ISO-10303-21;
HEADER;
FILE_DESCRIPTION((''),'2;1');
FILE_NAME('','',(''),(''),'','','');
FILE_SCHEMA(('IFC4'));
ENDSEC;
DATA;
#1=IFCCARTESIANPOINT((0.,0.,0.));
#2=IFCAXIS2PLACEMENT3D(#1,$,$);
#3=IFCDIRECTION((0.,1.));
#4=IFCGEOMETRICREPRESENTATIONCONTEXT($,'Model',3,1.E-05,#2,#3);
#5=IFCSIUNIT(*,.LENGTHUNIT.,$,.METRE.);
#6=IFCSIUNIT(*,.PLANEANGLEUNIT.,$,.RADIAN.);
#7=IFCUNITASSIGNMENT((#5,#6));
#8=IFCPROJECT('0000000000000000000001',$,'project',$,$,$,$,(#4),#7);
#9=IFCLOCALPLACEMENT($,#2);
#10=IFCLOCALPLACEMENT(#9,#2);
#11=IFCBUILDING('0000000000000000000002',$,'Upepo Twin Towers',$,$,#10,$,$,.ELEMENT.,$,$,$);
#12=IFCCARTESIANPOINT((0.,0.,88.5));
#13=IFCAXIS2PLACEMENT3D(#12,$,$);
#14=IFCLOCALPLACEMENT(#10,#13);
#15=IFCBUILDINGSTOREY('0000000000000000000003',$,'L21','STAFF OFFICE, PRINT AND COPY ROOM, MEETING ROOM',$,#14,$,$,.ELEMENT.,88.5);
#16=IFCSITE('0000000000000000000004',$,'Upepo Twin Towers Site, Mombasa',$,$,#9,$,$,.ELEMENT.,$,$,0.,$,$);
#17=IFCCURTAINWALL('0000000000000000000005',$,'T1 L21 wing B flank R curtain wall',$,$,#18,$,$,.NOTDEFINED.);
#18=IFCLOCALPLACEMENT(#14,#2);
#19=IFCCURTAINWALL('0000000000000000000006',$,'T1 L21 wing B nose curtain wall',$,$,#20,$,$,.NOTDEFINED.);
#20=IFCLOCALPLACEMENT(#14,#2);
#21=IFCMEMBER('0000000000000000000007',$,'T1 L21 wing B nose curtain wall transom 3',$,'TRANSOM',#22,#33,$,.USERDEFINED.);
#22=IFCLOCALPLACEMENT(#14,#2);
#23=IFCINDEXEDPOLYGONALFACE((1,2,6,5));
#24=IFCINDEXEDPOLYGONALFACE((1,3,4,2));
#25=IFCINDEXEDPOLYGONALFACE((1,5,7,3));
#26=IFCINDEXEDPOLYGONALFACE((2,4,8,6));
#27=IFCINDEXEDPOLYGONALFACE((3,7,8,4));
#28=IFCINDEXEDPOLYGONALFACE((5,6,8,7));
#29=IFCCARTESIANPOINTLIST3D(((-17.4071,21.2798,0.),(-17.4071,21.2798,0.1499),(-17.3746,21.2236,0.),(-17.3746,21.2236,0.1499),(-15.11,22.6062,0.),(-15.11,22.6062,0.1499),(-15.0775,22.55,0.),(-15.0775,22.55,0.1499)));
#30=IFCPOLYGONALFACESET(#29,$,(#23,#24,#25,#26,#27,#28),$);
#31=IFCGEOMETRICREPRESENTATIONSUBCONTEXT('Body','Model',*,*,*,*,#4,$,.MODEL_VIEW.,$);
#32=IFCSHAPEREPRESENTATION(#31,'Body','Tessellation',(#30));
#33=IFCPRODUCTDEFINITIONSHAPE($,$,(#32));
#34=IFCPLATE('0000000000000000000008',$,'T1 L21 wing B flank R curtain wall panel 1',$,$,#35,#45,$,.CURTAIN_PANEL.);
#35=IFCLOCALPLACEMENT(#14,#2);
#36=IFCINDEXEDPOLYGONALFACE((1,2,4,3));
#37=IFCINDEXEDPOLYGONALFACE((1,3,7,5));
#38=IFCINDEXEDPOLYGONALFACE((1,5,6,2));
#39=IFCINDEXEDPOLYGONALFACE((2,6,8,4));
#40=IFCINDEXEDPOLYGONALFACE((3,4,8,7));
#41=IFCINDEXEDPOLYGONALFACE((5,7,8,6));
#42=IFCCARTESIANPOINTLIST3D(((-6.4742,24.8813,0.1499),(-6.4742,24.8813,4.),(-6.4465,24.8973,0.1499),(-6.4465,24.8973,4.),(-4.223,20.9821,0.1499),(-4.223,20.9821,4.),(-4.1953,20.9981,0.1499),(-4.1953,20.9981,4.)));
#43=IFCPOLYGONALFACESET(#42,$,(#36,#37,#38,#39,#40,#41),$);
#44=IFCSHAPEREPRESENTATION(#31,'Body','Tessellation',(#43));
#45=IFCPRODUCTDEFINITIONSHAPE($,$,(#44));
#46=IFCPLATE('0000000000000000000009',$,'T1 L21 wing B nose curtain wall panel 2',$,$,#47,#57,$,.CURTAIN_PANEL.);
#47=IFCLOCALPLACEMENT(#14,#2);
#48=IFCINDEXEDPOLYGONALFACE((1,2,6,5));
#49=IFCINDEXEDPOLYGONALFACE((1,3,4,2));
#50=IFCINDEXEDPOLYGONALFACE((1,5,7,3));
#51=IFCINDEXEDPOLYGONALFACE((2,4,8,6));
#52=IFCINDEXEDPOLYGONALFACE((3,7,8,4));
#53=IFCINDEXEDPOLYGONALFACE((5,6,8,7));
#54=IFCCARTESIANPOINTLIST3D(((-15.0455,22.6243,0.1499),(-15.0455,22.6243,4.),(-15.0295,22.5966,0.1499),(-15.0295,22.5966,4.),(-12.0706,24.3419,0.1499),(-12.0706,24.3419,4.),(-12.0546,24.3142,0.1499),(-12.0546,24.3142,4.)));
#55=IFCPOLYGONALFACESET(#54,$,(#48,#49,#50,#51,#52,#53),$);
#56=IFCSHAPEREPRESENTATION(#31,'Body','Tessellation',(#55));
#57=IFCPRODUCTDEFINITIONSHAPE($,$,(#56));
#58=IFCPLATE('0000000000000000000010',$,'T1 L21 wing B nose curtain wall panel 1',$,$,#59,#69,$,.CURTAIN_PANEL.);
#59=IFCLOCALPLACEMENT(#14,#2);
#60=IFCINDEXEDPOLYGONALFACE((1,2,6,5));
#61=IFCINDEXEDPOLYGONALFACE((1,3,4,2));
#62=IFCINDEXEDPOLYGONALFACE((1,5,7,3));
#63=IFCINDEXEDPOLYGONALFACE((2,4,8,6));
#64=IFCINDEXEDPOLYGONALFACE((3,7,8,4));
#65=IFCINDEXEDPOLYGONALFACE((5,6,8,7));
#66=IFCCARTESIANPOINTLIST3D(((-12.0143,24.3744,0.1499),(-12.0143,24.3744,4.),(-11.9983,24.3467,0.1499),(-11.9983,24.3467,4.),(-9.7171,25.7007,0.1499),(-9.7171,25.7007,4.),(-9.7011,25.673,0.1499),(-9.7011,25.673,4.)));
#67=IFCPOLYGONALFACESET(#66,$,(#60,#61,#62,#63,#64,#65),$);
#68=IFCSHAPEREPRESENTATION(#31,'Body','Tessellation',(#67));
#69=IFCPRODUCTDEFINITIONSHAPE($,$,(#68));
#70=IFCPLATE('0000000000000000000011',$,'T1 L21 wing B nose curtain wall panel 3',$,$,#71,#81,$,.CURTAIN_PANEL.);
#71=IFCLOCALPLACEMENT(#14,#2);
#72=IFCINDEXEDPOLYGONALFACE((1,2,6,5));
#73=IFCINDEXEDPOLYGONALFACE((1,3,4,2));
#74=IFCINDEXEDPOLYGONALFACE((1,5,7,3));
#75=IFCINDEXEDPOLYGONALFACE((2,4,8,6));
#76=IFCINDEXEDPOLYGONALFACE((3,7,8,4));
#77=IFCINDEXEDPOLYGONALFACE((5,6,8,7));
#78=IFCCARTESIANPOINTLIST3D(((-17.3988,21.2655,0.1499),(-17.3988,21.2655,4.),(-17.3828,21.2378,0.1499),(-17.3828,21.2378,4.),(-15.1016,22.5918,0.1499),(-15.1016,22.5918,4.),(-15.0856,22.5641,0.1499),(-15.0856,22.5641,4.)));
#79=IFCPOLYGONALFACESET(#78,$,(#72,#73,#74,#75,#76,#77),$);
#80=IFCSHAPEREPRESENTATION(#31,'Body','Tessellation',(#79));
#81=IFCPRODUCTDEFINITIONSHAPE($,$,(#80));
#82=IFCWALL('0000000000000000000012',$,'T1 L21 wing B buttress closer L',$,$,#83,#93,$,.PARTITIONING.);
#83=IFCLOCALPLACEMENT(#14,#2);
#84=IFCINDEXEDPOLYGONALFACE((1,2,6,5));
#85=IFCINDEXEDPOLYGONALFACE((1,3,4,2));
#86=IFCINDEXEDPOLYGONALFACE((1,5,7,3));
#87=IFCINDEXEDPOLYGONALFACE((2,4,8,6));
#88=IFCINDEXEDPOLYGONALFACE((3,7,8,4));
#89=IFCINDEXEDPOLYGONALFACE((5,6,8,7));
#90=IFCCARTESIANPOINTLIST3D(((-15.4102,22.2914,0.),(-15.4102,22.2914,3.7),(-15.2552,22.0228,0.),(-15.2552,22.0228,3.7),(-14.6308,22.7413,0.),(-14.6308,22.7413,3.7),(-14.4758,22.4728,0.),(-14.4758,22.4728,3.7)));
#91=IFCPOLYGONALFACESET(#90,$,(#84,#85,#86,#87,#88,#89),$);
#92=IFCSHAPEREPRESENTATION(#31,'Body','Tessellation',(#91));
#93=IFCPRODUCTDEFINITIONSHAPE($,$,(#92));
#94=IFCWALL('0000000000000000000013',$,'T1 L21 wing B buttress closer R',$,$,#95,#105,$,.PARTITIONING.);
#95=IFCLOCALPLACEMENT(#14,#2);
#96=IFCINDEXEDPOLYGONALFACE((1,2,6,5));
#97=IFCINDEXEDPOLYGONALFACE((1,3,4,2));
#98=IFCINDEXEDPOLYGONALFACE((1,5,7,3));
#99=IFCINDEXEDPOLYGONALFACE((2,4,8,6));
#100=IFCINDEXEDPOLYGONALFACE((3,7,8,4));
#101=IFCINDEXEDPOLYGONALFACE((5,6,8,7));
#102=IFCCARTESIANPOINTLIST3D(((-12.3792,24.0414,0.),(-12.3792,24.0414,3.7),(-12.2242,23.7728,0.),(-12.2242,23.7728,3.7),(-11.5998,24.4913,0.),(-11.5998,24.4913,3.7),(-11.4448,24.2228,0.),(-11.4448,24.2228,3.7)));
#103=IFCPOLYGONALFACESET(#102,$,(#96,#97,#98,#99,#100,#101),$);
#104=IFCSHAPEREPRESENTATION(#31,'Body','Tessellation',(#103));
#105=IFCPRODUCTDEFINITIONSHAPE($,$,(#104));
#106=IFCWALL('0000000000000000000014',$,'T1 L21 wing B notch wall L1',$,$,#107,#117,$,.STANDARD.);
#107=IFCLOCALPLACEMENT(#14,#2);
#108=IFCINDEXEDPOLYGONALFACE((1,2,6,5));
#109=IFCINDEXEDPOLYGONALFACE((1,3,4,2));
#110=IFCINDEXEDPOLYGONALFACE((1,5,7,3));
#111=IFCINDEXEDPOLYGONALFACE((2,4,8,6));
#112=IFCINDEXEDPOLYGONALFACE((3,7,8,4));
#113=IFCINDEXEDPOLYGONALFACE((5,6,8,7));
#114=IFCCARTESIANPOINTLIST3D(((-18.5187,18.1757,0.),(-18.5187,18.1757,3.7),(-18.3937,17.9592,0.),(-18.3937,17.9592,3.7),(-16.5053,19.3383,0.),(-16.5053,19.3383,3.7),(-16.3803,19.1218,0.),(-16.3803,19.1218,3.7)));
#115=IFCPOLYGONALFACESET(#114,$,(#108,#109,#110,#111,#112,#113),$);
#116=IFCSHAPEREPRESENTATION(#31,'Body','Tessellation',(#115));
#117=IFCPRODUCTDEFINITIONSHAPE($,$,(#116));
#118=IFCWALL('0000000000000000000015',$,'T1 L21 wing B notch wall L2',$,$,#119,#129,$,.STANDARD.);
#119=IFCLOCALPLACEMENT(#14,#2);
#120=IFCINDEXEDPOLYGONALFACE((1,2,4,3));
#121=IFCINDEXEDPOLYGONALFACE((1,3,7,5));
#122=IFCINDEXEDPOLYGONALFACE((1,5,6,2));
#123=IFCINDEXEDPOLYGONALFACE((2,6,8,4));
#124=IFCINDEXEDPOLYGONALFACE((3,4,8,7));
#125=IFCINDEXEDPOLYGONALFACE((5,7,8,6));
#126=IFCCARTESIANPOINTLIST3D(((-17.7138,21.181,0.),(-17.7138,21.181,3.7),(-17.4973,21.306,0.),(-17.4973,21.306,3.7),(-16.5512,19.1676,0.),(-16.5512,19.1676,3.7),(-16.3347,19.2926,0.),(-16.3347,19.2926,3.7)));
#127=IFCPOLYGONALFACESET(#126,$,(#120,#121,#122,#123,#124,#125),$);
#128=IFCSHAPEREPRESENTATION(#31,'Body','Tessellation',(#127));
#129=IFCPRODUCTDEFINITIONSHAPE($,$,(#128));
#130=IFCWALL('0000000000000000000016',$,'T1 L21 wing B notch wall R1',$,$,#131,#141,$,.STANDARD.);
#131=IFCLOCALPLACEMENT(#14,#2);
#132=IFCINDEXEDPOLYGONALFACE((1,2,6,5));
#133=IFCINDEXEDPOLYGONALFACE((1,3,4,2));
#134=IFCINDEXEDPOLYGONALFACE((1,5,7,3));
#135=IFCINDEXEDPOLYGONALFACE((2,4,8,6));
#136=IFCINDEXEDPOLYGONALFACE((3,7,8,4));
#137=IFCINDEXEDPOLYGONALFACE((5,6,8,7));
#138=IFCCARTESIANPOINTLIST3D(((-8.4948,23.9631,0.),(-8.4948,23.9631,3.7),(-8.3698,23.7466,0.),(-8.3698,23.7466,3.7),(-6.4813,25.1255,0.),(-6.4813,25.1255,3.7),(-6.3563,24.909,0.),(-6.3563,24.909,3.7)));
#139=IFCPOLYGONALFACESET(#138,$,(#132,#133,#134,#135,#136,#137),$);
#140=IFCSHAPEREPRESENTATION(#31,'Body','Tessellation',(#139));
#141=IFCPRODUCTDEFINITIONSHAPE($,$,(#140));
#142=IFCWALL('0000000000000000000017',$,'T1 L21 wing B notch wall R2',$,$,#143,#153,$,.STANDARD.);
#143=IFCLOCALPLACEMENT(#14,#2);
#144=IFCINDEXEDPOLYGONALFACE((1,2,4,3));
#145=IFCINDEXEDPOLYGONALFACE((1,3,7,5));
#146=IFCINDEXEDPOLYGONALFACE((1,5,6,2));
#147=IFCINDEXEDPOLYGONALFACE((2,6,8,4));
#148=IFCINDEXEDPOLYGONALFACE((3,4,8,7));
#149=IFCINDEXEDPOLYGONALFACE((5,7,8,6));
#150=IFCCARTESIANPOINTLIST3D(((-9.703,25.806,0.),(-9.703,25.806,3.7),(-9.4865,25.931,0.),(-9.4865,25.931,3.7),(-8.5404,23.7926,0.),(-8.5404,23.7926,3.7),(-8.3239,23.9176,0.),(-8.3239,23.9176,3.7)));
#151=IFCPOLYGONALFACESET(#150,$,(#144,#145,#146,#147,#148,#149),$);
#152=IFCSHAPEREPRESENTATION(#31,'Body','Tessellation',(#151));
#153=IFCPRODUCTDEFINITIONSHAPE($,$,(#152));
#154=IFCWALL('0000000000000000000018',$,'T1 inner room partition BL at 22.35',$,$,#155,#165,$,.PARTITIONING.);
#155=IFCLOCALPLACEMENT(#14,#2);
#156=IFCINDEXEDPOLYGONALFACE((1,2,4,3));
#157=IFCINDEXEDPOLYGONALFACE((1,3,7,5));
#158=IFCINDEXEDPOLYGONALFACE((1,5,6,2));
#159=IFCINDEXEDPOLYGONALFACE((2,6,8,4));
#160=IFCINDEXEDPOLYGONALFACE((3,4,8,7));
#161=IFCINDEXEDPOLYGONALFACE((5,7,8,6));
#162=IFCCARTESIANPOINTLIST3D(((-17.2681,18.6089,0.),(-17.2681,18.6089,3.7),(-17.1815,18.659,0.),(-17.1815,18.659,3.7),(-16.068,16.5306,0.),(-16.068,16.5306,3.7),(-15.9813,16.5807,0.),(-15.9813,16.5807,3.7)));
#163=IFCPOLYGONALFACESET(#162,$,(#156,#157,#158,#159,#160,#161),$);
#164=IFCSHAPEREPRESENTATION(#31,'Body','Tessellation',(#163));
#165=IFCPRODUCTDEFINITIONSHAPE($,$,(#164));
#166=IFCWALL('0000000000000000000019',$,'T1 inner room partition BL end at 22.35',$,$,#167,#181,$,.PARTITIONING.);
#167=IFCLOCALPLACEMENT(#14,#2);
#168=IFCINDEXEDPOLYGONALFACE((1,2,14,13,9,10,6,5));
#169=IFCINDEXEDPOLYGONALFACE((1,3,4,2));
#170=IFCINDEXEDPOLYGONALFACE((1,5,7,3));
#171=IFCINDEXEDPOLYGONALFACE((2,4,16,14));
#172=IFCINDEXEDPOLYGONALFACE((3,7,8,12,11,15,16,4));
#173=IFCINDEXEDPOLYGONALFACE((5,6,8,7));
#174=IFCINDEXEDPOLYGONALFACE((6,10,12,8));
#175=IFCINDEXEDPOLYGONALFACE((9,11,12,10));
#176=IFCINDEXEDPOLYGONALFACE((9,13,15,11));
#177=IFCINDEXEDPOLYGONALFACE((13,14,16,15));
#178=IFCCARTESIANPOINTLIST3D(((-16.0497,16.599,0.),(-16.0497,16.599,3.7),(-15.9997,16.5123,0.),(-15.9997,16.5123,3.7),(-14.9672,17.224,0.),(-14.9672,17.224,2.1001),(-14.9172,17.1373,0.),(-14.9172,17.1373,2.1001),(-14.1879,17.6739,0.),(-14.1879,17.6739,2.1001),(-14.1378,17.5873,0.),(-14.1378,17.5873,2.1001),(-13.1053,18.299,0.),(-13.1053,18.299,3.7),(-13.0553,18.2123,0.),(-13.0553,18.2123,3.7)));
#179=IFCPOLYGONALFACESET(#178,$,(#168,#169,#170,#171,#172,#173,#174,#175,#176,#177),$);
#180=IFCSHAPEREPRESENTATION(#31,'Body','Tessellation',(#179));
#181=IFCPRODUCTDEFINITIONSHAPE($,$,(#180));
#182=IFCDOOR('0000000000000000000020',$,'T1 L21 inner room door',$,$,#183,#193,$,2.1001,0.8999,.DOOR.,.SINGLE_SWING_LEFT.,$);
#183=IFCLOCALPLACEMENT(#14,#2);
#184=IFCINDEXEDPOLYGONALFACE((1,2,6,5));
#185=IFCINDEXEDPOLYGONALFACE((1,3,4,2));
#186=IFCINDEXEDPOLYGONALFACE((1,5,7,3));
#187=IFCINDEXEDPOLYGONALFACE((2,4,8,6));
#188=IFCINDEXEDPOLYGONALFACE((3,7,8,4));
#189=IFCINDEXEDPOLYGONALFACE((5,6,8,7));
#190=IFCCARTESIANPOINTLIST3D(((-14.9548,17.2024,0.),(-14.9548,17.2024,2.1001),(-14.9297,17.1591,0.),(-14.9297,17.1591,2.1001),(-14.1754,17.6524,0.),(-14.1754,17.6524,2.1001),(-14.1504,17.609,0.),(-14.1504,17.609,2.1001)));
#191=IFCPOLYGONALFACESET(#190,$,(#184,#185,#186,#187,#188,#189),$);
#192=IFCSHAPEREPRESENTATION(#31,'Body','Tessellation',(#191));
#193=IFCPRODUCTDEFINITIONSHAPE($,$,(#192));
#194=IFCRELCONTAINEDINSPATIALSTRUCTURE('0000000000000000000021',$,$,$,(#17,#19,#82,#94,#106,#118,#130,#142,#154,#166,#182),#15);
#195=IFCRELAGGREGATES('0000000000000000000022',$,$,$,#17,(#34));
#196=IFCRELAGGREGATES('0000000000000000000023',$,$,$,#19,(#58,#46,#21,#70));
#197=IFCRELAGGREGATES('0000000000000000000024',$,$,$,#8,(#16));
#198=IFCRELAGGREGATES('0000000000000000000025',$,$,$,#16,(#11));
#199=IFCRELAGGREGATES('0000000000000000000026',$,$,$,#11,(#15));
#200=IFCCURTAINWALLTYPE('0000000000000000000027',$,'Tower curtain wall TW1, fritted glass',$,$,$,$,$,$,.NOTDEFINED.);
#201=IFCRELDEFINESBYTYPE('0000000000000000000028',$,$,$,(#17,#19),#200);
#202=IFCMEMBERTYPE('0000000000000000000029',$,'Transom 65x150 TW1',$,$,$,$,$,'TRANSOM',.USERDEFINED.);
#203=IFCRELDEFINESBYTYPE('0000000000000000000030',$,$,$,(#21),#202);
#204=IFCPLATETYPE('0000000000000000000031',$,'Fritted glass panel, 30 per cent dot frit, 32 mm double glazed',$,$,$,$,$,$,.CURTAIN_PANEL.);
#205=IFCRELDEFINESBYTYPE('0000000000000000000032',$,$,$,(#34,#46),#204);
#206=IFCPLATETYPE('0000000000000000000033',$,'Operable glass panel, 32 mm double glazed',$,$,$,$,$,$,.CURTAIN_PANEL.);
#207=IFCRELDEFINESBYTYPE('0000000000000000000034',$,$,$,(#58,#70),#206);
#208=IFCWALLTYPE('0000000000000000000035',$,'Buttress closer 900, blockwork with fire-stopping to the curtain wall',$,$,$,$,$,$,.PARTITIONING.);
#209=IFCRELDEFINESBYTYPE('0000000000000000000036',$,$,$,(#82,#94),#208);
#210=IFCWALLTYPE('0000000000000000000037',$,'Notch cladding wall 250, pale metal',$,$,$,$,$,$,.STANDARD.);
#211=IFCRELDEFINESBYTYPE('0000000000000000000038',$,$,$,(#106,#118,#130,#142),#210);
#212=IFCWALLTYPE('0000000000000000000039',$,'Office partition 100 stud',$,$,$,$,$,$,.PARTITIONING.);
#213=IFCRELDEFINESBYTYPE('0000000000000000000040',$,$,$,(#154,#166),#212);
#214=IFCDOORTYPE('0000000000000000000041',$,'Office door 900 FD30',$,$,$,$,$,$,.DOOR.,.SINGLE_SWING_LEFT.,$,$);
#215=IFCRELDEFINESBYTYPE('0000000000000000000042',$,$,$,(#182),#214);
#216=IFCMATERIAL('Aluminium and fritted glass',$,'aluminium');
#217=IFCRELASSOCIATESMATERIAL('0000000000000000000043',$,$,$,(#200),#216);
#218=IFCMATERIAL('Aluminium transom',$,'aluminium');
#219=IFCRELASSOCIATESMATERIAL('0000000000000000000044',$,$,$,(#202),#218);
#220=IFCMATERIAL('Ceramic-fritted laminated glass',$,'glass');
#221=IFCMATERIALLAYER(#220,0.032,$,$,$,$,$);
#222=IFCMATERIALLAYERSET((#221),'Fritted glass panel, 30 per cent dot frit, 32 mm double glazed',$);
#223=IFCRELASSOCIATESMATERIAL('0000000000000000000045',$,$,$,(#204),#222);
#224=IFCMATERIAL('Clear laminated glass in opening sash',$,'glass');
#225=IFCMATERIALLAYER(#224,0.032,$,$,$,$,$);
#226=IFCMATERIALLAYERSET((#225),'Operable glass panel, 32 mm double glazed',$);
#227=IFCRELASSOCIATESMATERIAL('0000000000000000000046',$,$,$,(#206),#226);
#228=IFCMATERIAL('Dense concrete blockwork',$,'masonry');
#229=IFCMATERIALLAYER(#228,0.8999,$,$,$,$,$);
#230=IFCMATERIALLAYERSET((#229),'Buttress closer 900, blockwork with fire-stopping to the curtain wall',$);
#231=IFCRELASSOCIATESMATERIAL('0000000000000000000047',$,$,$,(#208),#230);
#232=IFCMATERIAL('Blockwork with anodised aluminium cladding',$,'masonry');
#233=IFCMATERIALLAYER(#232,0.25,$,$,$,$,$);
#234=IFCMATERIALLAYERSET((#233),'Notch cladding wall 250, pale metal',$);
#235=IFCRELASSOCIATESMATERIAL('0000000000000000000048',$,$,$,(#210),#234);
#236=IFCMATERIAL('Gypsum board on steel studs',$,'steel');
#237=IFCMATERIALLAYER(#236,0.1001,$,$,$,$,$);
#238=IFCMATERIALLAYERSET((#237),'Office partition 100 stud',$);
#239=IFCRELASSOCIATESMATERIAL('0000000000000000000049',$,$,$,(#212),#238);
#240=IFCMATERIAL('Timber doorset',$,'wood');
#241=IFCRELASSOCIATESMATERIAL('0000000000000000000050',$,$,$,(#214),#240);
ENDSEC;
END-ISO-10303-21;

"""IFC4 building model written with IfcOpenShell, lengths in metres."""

from ifc_helpers import new_model, si_unit, direction, frame, frame_2d, origin, origin_2d, place, context, subcontext, project, spatial, rectangle, extrude, material, layer, layer_set, material_profile, profile_set, type_object, element, fill, aggregate, save


model = new_model("IFC4")

# Units and contexts
model_context = context("Model", 3, precision=1e-05, world=origin(), true_north=direction((0.0, 1.0)))
body_context = subcontext(model_context, "Body", "Model", "MODEL_VIEW")
ifc_project = project(units=[si_unit("LENGTHUNIT", "METRE"), si_unit("PLANEANGLEUNIT", "RADIAN")], contexts=[model_context])

# Site, building, storey
site_placement = place(None, origin())
site = spatial("IfcSite", under=ifc_project, at=site_placement, Name="Upepo Twin Towers Site, Mombasa", CompositionType="ELEMENT", RefElevation=0.0)
building_placement = place(site_placement, origin())
building = spatial("IfcBuilding", under=site, at=building_placement, Name="Upepo Twin Towers", CompositionType="ELEMENT")
storey_placement = place(building_placement, frame((0.0, 0.0, 88.5)))
storey = spatial("IfcBuildingStorey", under=building, at=storey_placement, Name="L21", Description="STAFF OFFICE, PRINT AND COPY ROOM, MEETING ROOM", CompositionType="ELEMENT", Elevation=88.5)

# Shared definitions
ifc_material_1 = material(Name="Aluminium and fritted glass", Category="aluminium")
curtain_wall_type = type_object("IfcCurtainWallType", Name="Tower curtain wall TW1, fritted glass", PredefinedType="NOTDEFINED", material=ifc_material_1)

# Curtain walls
curtain_wall_1_placement = place(storey_placement, origin())
curtain_wall_1 = element("IfcCurtainWall", 1, at=curtain_wall_1_placement, inside=storey, type_object=curtain_wall_type, Name="T1 L21 wing B flank R curtain wall", PredefinedType="NOTDEFINED")
curtain_wall_2_placement = place(storey_placement, origin())
curtain_wall_2 = element("IfcCurtainWall", 2, at=curtain_wall_2_placement, inside=storey, type_object=curtain_wall_type, Name="T1 L21 wing B nose curtain wall", PredefinedType="NOTDEFINED")

# Member
ifc_material_2 = material(Name="Aluminium transom", Category="aluminium")
ifc_material_profile_1 = material_profile(ifc_material_2, rectangle(XDim=0.0649, YDim=0.1499, at=origin_2d()), Name="TRANSOM 65x150")
ifc_profile_set_1 = profile_set([ifc_material_profile_1], Name="Aluminium transom")
member_type_1 = type_object("IfcMemberType", Name="Transom 65x150 TW1", ElementType="TRANSOM", PredefinedType="USERDEFINED", material=ifc_profile_set_1)
member_1_placement = place(storey_placement, frame((-15.0938, 22.5781, 0.075), z_axis=(-0.865997, -0.500049, 0.0), x_axis=(0.500049, -0.865997, 0.0)))
member_1 = element("IfcMember", 3, at=member_1_placement, type_object=member_type_1, Name="T1 L21 wing B nose curtain wall transom 3", ObjectType="TRANSOM", PredefinedType="USERDEFINED", context=body_context, shape_type="SweptSolid", body=[
    extrude(rectangle(XDim=0.0649, YDim=0.1499, at=origin_2d()), origin(), (0.0, 0.0, 1.0), 2.6526),
])

# Plates
ifc_material_3 = material(Name="Ceramic-fritted laminated glass", Category="glass")
ifc_layer_1 = layer(ifc_material_3, 0.032)
ifc_layer_set_1 = layer_set([ifc_layer_1], Name="Fritted glass panel, 30 per cent dot frit, 32 mm double glazed")
plate_type_1 = type_object("IfcPlateType", Name="Fritted glass panel, 30 per cent dot frit, 32 mm double glazed", PredefinedType="CURTAIN_PANEL", material=ifc_layer_set_1)
plate_1_placement = place(storey_placement, frame((-5.3347, 22.9397, 0.1499), z_axis=(0.0, 0.0, 1.0), x_axis=(0.5, -0.866025, 0.0)))
plate_1 = element("IfcPlate", 4, at=plate_1_placement, type_object=plate_type_1, Name="T1 L21 wing B flank R curtain wall panel 1", PredefinedType="CURTAIN_PANEL", context=body_context, shape_type="SweptSolid", body=[
    extrude(rectangle(XDim=4.5024, YDim=0.032, at=origin_2d()), origin(), (0.0, 0.0, 1.0), 3.8501),
])
aggregate(curtain_wall_1, [plate_1])
plate_2_placement = place(storey_placement, frame((-13.55, 23.4692, 0.1499), z_axis=(0.0, 0.0, 1.0), x_axis=(-0.866025, -0.5, 0.0)))
plate_2 = element("IfcPlate", 5, at=plate_2_placement, type_object=plate_type_1, Name="T1 L21 wing B nose curtain wall panel 2", PredefinedType="CURTAIN_PANEL", context=body_context, shape_type="SweptSolid", body=[
    extrude(rectangle(XDim=3.4351, YDim=0.032, at=origin_2d()), origin(), (0.0, 0.0, 1.0), 3.8501),
])
ifc_material_4 = material(Name="Clear laminated glass in opening sash", Category="glass")
ifc_layer_2 = layer(ifc_material_4, 0.032)
ifc_layer_set_2 = layer_set([ifc_layer_2], Name="Operable glass panel, 32 mm double glazed")
plate_type_2 = type_object("IfcPlateType", Name="Operable glass panel, 32 mm double glazed", PredefinedType="CURTAIN_PANEL", material=ifc_layer_set_2)
plate_3_placement = place(storey_placement, frame((-10.8577, 25.0237, 0.1499), z_axis=(0.0, 0.0, 1.0), x_axis=(-0.866025, -0.5, 0.0)))
plate_3 = element("IfcPlate", 6, at=plate_3_placement, type_object=plate_type_2, Name="T1 L21 wing B nose curtain wall panel 1", PredefinedType="CURTAIN_PANEL", context=body_context, shape_type="SweptSolid", body=[
    extrude(rectangle(XDim=2.6526, YDim=0.032, at=origin_2d()), origin(), (0.0, 0.0, 1.0), 3.8501),
])
plate_4_placement = place(storey_placement, frame((-16.2422, 21.9148, 0.1499), z_axis=(0.0, 0.0, 1.0), x_axis=(-0.866025, -0.5, 0.0)))
plate_4 = element("IfcPlate", 7, at=plate_4_placement, type_object=plate_type_2, Name="T1 L21 wing B nose curtain wall panel 3", PredefinedType="CURTAIN_PANEL", context=body_context, shape_type="SweptSolid", body=[
    extrude(rectangle(XDim=2.6526, YDim=0.032, at=origin_2d()), origin(), (0.0, 0.0, 1.0), 3.8501),
])
aggregate(curtain_wall_2, [plate_3, plate_2, member_1, plate_4])

# Walls
ifc_material_5 = material(Name="Dense concrete blockwork", Category="masonry")
ifc_layer_3 = layer(ifc_material_5, 0.8999)
ifc_layer_set_3 = layer_set([ifc_layer_3], Name="Buttress closer 900, blockwork with fire-stopping to the curtain wall")
wall_type_1 = type_object("IfcWallType", Name="Buttress closer 900, blockwork with fire-stopping to the curtain wall", PredefinedType="PARTITIONING", material=ifc_layer_set_3)
for number, where, z_axis, x_axis, name in (
    (8, (-14.8655, 22.2478, 0.0), (0.0, 0.0, 1.0), (-0.49995, 0.866054, 0.0), "T1 L21 wing B buttress closer L"),
    (9, (-11.8345, 23.9978, 0.0), (0.0, 0.0, 1.0), (-0.49995, 0.866054, 0.0), "T1 L21 wing B buttress closer R"),
):
    element("IfcWall", number, at=place(storey_placement, frame(where, z_axis=z_axis, x_axis=x_axis)), inside=storey, type_object=wall_type_1, Name=name, PredefinedType="PARTITIONING", context=body_context, shape_type="SweptSolid", body=[
        extrude(rectangle(XDim=0.3101, YDim=0.8999, at=frame_2d((0.155, 0.0))), origin(), (0.0, 0.0, 1.0), 3.7),
    ])
ifc_material_6 = material(Name="Blockwork with anodised aluminium cladding", Category="masonry")
ifc_layer_4 = layer(ifc_material_6, 0.25)
ifc_layer_set_4 = layer_set([ifc_layer_4], Name="Notch cladding wall 250, pale metal")
wall_type_2 = type_object("IfcWallType", Name="Notch cladding wall 250, pale metal", PredefinedType="STANDARD", material=ifc_layer_set_4)
for number, where, z_axis, x_axis, name in (
    (10, (-18.4563, 18.0674, 0.0), (0.0, 0.0, 1.0), (0.865998, 0.500047, 0.0), "T1 L21 wing B notch wall L1"),
    (11, (-16.4429, 19.23, 0.0), (0.0, 0.0, 1.0), (-0.500047, 0.865998, 0.0), "T1 L21 wing B notch wall L2"),
    (12, (-6.4187, 25.0173, 0.0), (0.0, 0.0, 1.0), (-0.866044, -0.499968, 0.0), "T1 L21 wing B notch wall R1"),
    (13, (-8.4321, 23.855, 0.0), (0.0, 0.0, 1.0), (-0.500047, 0.865998, 0.0), "T1 L21 wing B notch wall R2"),
):
    element("IfcWall", number, at=place(storey_placement, frame(where, z_axis=z_axis, x_axis=x_axis)), inside=storey, type_object=wall_type_2, Name=name, PredefinedType="STANDARD", context=body_context, shape_type="SweptSolid", body=[
        extrude(rectangle(XDim=2.325, YDim=0.25, at=frame_2d((1.1626, 0.0))), origin(), (0.0, 0.0, 1.0), 3.7),
    ])
ifc_material_7 = material(Name="Gypsum board on steel studs", Category="steel")
ifc_layer_5 = layer(ifc_material_7, 0.1001)
ifc_layer_set_5 = layer_set([ifc_layer_5], Name="Office partition 100 stud")
wall_type_3 = type_object("IfcWallType", Name="Office partition 100 stud", PredefinedType="PARTITIONING", material=ifc_layer_set_5)
wall_1_placement = place(storey_placement, frame((-16.0247, 16.5557, 0.0), z_axis=(0.0, 0.0, 1.0), x_axis=(-0.500078, 0.865981, 0.0)))
element("IfcWall", 14, at=wall_1_placement, inside=storey, type_object=wall_type_3, Name="T1 inner room partition BL at 22.35", PredefinedType="PARTITIONING", context=body_context, shape_type="SweptSolid", body=[
    extrude(rectangle(XDim=2.3999, YDim=0.1001, at=frame_2d((1.2, 0.0))), origin(), (0.0, 0.0, 1.0), 3.7),
])

# Wall, opening, door
wall_2_placement = place(storey_placement, frame((-13.0803, 18.2556, 0.0), z_axis=(0.0, 0.0, 1.0), x_axis=(-0.866021, -0.500008, 0.0)))
wall_2 = element("IfcWall", 15, at=wall_2_placement, inside=storey, type_object=wall_type_3, Name="T1 inner room partition BL end at 22.35", PredefinedType="PARTITIONING", context=body_context, shape_type="SweptSolid", body=[
    extrude(rectangle(XDim=3.3999, YDim=0.1001, at=frame_2d((1.7, 0.0))), origin(), (0.0, 0.0, 1.0), 3.7),
])
opening_1_placement = place(wall_2_placement, frame((1.25, 0.0, 0.0)))
opening_1 = element("IfcOpeningElement", 16, at=opening_1_placement, cuts=wall_2, PredefinedType="OPENING", context=body_context, shape_type="SweptSolid", body=[
    extrude(rectangle(XDim=0.8999, YDim=2.1001, at=frame_2d((0.45, 1.05))), frame((0.0, 0.0601, 0.0), z_axis=(0.0, -1.0, 0.0), x_axis=(1.0, 0.0, 0.0)), (0.0, 0.0, 1.0), 0.1201),
])
ifc_material_8 = material(Name="Timber doorset", Category="wood")
door_type = type_object("IfcDoorType", Name="Office door 900 FD30", OperationType="SINGLE_SWING_LEFT", PredefinedType="DOOR", material=ifc_material_8)
door_1_placement = place(opening_1_placement, origin())
door_1 = element("IfcDoor", 17, at=door_1_placement, inside=storey, type_object=door_type, Name="T1 L21 inner room door", OperationType="SINGLE_SWING_LEFT", OverallHeight=2.1001, OverallWidth=0.8999, PredefinedType="DOOR", context=body_context, shape_type="SweptSolid", body=[
    extrude(rectangle(XDim=0.8999, YDim=2.1001, at=frame_2d((0.45, 1.05))), frame((0.0, 0.0249, 0.0), z_axis=(0.0, -1.0, 0.0), x_axis=(1.0, 0.0, 0.0)), (0.0, 0.0, 1.0), 0.05),
])
fill(opening_1, door_1)

save(model, "model.ifc")
